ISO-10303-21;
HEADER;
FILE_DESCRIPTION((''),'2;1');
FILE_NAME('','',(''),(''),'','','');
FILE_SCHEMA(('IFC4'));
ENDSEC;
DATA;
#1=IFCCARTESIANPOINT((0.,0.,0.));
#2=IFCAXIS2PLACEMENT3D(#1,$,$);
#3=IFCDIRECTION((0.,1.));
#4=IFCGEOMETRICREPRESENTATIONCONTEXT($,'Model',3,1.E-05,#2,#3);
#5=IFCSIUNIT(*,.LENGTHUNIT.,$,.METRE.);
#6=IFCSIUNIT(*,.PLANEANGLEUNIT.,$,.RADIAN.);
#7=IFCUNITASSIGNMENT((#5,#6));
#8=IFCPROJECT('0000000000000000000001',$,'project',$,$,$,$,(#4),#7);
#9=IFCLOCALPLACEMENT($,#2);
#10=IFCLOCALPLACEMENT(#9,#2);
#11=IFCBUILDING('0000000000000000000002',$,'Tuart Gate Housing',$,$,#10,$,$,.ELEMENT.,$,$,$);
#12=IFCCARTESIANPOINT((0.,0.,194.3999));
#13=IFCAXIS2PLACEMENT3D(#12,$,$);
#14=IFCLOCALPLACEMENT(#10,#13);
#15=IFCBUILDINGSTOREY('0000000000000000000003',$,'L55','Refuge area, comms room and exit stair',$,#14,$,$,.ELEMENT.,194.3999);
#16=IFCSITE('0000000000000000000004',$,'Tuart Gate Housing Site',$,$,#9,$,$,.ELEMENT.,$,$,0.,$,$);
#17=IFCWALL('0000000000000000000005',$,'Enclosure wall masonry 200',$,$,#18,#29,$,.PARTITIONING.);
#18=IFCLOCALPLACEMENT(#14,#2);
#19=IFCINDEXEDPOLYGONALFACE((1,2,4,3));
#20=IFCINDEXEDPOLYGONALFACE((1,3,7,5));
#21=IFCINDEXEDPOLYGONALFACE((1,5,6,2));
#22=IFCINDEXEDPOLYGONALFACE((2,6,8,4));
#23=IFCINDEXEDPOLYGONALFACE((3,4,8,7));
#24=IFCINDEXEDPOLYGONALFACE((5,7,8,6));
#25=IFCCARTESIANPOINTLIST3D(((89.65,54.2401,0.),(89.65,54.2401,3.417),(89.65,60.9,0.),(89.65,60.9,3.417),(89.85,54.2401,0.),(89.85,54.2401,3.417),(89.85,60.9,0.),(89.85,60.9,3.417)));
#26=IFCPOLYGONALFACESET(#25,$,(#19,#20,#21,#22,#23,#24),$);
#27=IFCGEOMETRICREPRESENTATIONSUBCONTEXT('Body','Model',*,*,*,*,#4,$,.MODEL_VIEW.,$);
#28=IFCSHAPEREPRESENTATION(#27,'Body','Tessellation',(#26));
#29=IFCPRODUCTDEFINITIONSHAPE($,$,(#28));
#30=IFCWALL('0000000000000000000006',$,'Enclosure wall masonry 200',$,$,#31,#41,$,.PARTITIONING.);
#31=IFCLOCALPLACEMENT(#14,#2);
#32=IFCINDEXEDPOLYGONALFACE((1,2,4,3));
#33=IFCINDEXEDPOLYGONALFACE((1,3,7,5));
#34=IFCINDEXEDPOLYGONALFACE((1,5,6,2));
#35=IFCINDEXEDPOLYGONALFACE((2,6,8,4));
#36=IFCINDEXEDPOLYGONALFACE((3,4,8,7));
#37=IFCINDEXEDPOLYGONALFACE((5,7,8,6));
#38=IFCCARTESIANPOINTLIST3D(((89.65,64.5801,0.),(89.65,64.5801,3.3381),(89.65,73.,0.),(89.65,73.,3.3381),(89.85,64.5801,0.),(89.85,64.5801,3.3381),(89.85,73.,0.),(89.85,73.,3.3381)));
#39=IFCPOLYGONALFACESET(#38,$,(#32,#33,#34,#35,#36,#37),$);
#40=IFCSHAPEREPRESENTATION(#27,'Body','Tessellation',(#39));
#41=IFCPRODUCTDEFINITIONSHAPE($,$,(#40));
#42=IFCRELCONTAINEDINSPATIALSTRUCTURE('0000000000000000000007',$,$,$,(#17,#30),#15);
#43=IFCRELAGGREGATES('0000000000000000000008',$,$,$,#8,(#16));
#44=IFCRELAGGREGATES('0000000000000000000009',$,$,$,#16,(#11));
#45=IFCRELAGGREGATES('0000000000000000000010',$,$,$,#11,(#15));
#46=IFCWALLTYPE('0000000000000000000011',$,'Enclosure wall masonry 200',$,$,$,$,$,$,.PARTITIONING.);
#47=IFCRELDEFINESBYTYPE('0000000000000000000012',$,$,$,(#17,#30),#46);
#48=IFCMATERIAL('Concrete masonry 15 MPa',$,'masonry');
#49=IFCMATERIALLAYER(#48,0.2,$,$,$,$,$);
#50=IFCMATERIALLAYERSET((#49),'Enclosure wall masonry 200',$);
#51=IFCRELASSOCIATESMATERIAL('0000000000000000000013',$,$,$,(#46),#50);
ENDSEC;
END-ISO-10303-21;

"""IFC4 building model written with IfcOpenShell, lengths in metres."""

from ifc_helpers import new_model, si_unit, direction, frame, frame_2d, origin, place, context, subcontext, project, spatial, rectangle, extrude, material, layer, layer_set, type_object, element, save


model = new_model("IFC4")

# Units and contexts
model_context = context("Model", 3, precision=1e-05, world=origin(), true_north=direction((0.0, 1.0)))
body_context = subcontext(model_context, "Body", "Model", "MODEL_VIEW")
ifc_project = project(units=[si_unit("LENGTHUNIT", "METRE"), si_unit("PLANEANGLEUNIT", "RADIAN")], contexts=[model_context])

# Site, building, storey
site_placement = place(None, origin())
site = spatial("IfcSite", under=ifc_project, at=site_placement, Name="Tuart Gate Housing Site", CompositionType="ELEMENT", RefElevation=0.0)
building_placement = place(site_placement, origin())
building = spatial("IfcBuilding", under=site, at=building_placement, Name="Tuart Gate Housing", CompositionType="ELEMENT")
storey_placement = place(building_placement, frame((0.0, 0.0, 194.3999)))
storey = spatial("IfcBuildingStorey", under=building, at=storey_placement, Name="L55", Description="Refuge area, comms room and exit stair", CompositionType="ELEMENT", Elevation=194.3999)

# Walls
ifc_material_1 = material(Name="Concrete masonry 15 MPa", Category="masonry")
ifc_layer = layer(ifc_material_1, 0.2)
ifc_layer_set = layer_set([ifc_layer], Name="Enclosure wall masonry 200")
wall_type = type_object("IfcWallType", Name="Enclosure wall masonry 200", PredefinedType="PARTITIONING", material=ifc_layer_set)
wall_1_placement = place(storey_placement, frame((89.75, 54.24, 0.0), z_axis=(0.0, 0.0, 1.0), x_axis=(0.0, 1.0, 0.0)))
element("IfcWall", 1, at=wall_1_placement, inside=storey, type_object=wall_type, Name="Enclosure wall masonry 200", PredefinedType="PARTITIONING", context=body_context, shape_type="SweptSolid", body=[
    extrude(rectangle(XDim=6.6599, YDim=0.2, at=frame_2d((3.3301, 0.0))), origin(), (0.0, 0.0, 1.0), 3.417),
])
wall_2_placement = place(storey_placement, frame((89.75, 64.5801, 0.0), z_axis=(0.0, 0.0, 1.0), x_axis=(0.0, 1.0, 0.0)))
element("IfcWall", 2, at=wall_2_placement, inside=storey, type_object=wall_type, Name="Enclosure wall masonry 200", PredefinedType="PARTITIONING", context=body_context, shape_type="SweptSolid", body=[
    extrude(rectangle(XDim=8.4199, YDim=0.2, at=frame_2d((4.21, 0.0))), origin(), (0.0, 0.0, 1.0), 3.3381),
])

save(model, "model.ifc")
